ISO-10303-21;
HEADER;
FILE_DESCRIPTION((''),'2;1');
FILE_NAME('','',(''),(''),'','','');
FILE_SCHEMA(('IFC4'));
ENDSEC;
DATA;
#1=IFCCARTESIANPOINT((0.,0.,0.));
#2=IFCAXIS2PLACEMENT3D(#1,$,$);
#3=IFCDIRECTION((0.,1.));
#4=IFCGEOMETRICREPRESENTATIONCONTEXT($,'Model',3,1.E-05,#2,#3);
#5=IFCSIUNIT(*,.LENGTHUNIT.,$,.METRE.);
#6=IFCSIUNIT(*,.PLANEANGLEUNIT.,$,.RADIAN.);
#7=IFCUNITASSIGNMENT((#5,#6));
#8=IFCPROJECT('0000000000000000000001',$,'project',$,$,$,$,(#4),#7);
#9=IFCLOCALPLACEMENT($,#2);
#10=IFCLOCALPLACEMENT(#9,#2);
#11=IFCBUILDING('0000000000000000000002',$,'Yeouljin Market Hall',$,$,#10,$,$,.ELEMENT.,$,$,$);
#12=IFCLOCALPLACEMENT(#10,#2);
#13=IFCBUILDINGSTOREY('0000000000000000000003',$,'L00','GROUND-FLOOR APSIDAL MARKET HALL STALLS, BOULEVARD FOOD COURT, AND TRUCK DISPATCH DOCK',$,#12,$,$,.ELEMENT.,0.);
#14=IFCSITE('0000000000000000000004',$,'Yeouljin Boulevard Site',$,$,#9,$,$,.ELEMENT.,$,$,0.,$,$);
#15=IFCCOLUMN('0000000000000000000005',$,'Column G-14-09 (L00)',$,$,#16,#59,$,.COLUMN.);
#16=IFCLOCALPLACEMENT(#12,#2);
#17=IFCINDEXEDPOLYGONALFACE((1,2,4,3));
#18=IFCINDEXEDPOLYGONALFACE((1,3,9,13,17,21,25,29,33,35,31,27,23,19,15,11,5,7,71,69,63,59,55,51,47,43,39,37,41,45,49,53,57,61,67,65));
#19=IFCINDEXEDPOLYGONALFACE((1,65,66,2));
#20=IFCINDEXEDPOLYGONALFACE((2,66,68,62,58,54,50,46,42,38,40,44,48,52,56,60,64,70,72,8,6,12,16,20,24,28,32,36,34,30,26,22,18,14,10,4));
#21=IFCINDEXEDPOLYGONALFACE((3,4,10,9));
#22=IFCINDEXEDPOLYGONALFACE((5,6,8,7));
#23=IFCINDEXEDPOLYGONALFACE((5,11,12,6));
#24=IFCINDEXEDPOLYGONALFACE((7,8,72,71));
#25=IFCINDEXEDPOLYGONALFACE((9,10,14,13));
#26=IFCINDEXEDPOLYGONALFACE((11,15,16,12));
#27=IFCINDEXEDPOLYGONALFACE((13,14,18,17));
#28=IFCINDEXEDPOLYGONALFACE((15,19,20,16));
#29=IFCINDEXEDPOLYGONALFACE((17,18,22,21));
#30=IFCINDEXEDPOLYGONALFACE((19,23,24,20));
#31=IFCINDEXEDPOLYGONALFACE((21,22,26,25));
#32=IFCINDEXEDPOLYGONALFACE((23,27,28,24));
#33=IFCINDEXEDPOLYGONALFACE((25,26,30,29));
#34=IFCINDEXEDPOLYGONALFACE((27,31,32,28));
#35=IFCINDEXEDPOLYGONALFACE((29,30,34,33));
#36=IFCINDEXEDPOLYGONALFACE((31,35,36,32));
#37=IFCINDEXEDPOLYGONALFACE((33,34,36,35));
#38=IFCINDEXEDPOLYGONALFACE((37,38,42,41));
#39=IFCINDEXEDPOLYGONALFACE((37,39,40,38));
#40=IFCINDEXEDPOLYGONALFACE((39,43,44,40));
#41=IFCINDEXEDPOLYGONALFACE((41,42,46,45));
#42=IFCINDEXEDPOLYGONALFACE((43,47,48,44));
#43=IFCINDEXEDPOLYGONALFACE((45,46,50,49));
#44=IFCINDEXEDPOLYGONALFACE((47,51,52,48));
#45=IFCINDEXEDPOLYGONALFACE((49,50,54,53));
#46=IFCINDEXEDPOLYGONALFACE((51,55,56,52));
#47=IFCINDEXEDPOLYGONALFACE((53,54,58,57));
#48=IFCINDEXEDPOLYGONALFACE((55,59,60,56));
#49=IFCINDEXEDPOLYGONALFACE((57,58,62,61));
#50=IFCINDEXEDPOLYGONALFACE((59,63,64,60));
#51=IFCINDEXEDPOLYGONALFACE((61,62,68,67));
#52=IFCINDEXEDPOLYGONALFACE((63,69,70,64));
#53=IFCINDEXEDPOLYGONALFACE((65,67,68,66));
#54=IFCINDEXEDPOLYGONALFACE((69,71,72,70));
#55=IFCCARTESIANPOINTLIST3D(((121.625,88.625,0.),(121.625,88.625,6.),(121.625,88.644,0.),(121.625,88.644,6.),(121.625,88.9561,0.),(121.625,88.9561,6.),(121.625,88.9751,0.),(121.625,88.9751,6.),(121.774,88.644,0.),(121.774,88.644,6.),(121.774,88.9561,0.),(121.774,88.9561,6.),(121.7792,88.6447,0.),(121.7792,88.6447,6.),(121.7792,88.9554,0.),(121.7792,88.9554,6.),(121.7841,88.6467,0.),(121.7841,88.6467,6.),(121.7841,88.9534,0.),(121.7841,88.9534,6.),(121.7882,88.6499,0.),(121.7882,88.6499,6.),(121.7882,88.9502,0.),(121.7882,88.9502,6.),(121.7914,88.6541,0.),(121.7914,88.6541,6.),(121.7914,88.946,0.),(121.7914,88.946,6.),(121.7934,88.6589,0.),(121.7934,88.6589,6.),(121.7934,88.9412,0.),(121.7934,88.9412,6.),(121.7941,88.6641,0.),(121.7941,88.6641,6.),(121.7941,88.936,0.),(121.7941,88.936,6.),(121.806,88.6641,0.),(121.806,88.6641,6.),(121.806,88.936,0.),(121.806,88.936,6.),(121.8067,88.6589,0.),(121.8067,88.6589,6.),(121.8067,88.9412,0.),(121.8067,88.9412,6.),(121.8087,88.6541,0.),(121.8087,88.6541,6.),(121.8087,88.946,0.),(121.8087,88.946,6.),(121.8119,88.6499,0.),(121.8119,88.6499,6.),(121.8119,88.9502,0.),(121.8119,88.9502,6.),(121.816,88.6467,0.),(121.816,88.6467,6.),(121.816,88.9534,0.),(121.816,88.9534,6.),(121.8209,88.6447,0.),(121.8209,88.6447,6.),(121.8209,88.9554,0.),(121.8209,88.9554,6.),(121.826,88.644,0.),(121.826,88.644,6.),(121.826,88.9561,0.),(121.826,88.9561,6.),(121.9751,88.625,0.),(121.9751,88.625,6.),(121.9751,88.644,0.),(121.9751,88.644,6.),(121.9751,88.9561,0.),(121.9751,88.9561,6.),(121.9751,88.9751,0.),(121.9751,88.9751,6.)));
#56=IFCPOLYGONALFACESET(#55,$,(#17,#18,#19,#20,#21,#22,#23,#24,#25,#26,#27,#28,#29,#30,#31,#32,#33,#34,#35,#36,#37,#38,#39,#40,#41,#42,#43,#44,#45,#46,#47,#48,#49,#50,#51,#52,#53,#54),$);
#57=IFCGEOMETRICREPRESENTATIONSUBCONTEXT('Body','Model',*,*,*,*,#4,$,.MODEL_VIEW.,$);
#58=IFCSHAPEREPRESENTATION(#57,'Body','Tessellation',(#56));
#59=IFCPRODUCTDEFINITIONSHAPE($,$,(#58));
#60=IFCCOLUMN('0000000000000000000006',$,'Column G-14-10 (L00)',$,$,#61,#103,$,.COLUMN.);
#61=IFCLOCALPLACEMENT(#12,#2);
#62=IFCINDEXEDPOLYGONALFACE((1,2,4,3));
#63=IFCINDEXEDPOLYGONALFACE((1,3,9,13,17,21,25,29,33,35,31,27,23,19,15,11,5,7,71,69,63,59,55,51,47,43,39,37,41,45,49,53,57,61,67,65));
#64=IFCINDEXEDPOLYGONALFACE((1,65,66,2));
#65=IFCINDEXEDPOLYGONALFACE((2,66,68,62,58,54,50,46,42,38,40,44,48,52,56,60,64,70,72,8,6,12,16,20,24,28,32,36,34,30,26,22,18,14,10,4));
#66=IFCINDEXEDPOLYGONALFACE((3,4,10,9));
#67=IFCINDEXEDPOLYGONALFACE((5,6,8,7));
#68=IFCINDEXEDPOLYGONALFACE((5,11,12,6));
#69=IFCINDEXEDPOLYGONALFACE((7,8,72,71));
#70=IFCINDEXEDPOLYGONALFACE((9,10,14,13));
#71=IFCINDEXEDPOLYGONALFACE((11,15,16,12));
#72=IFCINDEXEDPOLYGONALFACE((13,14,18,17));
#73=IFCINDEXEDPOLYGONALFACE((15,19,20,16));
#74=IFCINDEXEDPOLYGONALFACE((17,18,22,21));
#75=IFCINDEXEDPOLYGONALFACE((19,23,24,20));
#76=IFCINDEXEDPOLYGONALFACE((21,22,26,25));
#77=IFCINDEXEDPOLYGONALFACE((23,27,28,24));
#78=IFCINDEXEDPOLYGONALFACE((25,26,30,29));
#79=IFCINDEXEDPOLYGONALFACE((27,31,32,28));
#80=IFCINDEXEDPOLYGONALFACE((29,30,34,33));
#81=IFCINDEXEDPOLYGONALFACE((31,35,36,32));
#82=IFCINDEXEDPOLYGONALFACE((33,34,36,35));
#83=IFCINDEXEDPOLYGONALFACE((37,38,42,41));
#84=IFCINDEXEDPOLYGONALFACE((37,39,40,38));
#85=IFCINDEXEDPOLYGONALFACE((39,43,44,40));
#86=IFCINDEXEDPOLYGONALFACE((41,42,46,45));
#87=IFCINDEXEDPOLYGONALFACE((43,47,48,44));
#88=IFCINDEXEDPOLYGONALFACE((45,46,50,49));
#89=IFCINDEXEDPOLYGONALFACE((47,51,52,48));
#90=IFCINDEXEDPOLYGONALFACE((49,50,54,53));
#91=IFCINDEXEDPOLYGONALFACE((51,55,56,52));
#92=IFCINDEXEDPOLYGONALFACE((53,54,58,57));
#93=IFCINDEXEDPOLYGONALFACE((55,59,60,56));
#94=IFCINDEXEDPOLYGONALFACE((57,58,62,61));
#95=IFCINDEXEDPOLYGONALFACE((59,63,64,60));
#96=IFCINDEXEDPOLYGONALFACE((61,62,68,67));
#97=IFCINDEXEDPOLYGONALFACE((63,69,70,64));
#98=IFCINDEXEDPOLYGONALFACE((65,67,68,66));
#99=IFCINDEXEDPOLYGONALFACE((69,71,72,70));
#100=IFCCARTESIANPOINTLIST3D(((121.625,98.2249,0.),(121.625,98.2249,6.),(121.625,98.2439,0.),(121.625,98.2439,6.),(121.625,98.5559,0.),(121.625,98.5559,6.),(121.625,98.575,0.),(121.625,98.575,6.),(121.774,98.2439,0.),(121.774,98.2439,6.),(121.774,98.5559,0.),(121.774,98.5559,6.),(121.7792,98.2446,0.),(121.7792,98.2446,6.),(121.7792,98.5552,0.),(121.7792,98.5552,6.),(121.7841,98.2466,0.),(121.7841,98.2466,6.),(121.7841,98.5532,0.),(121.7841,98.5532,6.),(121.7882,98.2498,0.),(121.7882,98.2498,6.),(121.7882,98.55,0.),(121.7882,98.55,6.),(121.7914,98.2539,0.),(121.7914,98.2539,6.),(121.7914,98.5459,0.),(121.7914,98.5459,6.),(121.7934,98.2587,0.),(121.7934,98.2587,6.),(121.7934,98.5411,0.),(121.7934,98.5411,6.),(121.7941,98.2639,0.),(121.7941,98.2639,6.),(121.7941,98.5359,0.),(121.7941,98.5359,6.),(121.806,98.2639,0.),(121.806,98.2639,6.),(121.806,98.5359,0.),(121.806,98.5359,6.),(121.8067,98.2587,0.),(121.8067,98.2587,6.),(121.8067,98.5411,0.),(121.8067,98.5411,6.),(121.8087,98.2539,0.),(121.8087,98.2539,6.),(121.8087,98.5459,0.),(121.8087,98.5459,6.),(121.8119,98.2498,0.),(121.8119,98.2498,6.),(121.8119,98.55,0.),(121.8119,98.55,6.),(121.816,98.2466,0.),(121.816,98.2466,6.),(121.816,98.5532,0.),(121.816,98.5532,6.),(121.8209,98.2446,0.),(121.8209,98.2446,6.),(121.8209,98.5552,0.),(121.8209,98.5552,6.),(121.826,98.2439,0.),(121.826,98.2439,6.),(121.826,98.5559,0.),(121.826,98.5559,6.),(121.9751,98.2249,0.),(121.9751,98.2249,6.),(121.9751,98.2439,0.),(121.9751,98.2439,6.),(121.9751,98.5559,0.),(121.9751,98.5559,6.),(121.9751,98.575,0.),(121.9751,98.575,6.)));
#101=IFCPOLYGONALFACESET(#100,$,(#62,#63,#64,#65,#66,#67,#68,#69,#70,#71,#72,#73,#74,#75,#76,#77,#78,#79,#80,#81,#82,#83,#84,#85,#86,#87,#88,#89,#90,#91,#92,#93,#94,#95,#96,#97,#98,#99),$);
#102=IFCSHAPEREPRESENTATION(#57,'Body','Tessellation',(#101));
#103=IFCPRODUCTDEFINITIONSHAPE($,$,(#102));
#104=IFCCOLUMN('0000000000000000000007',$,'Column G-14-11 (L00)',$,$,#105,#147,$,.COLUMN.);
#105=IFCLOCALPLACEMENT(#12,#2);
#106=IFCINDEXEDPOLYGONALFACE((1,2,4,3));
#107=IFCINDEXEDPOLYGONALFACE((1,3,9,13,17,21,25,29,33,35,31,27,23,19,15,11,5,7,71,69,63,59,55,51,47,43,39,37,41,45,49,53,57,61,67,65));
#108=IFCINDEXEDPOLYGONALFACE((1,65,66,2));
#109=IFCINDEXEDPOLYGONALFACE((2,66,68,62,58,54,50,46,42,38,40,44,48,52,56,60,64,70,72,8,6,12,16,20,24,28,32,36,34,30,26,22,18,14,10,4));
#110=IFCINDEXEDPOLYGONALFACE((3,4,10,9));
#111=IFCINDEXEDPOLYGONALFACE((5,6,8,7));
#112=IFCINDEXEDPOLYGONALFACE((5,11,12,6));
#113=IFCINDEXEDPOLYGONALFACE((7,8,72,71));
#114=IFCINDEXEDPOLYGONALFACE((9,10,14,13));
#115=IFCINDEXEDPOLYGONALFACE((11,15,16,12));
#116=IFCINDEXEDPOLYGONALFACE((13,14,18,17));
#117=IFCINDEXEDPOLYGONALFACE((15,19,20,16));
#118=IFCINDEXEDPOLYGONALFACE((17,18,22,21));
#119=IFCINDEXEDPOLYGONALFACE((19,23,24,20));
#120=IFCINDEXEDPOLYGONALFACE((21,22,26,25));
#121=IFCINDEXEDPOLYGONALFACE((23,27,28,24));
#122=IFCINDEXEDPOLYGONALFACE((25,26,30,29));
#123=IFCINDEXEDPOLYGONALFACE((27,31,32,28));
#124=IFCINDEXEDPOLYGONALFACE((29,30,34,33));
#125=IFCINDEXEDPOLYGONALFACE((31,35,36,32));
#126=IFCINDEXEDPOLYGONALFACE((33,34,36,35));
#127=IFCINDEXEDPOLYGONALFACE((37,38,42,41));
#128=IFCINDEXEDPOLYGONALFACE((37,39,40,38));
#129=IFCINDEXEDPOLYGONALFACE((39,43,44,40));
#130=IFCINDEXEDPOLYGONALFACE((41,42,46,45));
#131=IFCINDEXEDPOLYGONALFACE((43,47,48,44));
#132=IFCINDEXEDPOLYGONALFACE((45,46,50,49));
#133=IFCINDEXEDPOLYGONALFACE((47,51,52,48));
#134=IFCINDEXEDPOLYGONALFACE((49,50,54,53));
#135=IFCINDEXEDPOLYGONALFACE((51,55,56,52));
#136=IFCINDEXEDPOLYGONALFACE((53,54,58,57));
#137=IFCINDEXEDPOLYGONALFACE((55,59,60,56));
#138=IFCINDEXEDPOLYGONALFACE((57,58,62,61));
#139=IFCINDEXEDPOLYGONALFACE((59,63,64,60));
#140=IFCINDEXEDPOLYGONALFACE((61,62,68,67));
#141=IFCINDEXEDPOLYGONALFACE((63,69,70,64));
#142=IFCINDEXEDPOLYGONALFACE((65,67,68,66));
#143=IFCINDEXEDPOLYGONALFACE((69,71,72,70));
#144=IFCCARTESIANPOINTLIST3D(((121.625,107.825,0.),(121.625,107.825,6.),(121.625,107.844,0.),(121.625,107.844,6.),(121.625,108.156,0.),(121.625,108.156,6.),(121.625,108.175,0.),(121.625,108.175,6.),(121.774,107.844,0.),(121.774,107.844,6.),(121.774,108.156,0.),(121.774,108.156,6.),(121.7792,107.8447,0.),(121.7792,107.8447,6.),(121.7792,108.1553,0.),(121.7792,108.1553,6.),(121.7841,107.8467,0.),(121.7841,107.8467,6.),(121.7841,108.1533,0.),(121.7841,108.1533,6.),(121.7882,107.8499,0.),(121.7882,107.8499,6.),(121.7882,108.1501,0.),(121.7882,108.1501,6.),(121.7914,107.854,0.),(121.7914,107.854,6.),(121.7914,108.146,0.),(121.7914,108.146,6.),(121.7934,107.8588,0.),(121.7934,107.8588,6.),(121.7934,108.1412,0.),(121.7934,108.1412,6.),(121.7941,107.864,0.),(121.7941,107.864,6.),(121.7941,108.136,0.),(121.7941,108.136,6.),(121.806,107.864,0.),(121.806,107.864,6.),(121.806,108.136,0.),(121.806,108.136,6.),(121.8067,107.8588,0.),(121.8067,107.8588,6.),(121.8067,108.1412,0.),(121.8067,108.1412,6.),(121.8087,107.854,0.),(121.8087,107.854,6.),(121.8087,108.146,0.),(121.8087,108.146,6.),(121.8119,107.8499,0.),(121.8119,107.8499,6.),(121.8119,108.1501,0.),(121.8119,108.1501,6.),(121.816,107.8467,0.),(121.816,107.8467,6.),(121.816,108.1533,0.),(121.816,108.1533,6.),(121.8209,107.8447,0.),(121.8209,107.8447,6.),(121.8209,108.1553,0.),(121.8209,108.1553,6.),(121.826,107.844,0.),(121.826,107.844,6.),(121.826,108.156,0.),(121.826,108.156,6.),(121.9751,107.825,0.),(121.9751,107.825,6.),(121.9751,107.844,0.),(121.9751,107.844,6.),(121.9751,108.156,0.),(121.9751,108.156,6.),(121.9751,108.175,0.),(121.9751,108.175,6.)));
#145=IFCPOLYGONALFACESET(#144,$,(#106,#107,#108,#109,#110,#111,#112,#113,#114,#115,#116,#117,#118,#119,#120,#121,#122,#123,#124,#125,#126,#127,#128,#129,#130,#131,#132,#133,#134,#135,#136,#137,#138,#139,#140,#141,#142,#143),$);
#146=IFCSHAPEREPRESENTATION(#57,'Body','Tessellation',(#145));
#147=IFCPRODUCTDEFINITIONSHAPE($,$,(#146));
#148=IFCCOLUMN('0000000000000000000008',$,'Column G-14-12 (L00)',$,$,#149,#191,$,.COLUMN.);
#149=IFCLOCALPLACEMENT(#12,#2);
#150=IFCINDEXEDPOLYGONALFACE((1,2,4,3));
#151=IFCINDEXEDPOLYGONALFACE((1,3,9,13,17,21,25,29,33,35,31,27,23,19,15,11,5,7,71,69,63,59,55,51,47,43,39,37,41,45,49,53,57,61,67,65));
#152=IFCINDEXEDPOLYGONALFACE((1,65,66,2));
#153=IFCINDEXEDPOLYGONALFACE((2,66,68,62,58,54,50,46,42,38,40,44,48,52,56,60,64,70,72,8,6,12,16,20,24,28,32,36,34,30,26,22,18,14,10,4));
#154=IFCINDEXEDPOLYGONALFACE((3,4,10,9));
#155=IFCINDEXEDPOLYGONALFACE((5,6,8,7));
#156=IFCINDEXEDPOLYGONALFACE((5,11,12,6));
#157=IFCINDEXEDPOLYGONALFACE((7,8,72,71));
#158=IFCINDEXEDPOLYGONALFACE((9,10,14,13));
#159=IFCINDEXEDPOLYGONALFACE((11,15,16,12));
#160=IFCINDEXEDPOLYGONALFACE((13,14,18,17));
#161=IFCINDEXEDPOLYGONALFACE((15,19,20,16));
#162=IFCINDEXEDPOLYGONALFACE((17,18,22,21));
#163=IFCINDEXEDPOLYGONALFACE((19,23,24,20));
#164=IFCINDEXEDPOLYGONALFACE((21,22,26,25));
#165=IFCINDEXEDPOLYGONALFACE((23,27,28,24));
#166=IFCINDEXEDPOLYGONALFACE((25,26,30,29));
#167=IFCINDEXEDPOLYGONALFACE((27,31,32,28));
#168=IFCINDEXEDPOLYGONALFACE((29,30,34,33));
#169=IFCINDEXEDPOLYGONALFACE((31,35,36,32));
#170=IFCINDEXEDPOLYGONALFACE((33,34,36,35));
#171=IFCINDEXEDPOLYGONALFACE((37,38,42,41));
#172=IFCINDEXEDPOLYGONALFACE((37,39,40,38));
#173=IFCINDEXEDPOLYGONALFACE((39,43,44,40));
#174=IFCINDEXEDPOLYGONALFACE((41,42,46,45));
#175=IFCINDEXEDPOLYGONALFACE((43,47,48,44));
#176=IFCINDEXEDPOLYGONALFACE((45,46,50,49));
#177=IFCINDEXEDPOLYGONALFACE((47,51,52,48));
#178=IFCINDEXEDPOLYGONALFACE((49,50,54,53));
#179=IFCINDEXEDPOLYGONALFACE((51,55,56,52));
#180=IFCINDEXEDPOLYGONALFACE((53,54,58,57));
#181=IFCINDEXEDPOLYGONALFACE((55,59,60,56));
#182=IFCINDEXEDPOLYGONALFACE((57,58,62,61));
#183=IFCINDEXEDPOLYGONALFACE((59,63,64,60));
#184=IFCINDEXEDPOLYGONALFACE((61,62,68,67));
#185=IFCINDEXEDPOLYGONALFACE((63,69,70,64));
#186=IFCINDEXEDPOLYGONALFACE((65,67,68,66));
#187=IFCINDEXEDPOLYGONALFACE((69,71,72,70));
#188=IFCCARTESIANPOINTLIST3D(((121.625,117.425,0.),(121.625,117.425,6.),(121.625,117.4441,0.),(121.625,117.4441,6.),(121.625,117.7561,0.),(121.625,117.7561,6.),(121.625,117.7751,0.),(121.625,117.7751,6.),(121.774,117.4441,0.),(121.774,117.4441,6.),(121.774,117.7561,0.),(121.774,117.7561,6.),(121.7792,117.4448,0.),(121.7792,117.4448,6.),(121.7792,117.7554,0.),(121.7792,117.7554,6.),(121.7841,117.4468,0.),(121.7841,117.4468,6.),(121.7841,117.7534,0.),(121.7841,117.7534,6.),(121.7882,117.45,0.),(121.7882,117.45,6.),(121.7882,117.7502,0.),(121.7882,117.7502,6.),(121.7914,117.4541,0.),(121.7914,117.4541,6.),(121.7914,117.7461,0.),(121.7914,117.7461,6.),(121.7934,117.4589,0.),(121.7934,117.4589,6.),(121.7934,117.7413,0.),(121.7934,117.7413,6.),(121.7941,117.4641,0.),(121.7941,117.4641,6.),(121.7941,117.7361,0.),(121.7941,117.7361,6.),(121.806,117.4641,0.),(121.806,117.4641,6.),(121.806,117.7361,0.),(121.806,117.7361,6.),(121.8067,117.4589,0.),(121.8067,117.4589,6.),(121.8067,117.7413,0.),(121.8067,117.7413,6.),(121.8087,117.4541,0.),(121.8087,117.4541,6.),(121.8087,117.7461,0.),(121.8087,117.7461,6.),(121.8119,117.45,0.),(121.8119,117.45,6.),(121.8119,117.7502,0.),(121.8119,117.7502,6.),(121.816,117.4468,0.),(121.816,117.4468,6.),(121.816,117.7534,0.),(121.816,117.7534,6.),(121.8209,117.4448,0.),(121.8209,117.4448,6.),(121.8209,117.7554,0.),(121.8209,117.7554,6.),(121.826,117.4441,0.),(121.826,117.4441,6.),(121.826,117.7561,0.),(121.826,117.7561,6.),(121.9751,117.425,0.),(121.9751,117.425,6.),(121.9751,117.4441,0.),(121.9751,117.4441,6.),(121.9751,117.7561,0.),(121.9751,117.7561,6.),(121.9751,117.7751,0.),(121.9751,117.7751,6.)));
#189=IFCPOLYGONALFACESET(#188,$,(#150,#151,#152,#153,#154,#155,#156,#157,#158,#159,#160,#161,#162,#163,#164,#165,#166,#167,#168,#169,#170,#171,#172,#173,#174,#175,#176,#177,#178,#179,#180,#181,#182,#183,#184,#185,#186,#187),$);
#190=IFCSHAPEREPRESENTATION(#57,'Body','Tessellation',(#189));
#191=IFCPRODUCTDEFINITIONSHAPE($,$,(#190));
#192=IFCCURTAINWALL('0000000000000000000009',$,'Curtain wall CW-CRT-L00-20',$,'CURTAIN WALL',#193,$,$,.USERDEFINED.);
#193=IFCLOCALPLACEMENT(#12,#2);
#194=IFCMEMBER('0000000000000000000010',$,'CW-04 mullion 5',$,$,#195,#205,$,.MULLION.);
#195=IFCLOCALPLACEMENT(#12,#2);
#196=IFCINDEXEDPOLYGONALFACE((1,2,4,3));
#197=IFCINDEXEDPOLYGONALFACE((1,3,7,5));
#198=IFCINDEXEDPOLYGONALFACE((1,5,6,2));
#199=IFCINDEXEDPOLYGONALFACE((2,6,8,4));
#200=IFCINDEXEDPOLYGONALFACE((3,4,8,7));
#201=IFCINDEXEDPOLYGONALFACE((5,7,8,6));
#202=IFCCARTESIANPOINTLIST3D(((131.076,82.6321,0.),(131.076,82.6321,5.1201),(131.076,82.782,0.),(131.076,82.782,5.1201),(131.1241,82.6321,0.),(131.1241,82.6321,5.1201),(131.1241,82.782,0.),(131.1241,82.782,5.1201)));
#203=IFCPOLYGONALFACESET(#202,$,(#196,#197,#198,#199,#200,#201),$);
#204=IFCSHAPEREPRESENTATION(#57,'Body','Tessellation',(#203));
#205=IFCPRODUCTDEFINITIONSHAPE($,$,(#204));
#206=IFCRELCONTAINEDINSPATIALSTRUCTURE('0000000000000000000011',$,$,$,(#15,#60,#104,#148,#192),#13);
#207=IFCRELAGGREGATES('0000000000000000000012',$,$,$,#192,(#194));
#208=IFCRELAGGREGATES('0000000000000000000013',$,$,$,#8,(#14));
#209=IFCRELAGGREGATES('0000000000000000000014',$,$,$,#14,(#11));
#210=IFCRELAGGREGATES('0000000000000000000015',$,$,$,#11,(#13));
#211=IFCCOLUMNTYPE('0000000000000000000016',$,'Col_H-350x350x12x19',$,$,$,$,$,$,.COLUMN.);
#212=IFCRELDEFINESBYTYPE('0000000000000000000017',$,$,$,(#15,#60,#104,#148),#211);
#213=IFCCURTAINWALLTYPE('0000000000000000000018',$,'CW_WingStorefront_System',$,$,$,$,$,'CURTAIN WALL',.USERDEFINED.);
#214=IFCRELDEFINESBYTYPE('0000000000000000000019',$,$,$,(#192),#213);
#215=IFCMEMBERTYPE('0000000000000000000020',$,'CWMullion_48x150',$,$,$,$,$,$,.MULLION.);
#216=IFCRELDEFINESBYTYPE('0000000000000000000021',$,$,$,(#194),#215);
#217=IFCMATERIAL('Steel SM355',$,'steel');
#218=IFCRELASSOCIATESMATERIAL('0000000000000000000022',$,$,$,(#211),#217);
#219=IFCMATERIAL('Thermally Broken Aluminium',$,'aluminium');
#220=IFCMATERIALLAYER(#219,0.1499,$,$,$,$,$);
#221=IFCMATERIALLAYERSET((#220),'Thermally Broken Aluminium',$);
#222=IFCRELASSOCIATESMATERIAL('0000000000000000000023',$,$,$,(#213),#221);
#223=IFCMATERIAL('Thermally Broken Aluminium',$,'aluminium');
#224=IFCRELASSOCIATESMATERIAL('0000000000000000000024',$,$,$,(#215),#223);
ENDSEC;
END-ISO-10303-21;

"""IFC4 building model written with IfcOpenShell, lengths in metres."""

from ifc_helpers import new_model, si_unit, direction, frame, origin, origin_2d, place, context, subcontext, project, spatial, rectangle, i_section, extrude, material, layer, layer_set, material_profile, profile_set, type_object, element, aggregate, save


model = new_model("IFC4")

# Units and contexts
model_context = context("Model", 3, precision=1e-05, world=origin(), true_north=direction((0.0, 1.0)))
body_context = subcontext(model_context, "Body", "Model", "MODEL_VIEW")
ifc_project = project(units=[si_unit("LENGTHUNIT", "METRE"), si_unit("PLANEANGLEUNIT", "RADIAN")], contexts=[model_context])

# Site, building, storey
site_placement = place(None, origin())
site = spatial("IfcSite", under=ifc_project, at=site_placement, Name="Yeouljin Boulevard Site", CompositionType="ELEMENT", RefElevation=0.0)
building_placement = place(site_placement, origin())
building = spatial("IfcBuilding", under=site, at=building_placement, Name="Yeouljin Market Hall", CompositionType="ELEMENT")
storey_placement = place(building_placement, origin())
storey = spatial("IfcBuildingStorey", under=building, at=storey_placement, Name="L00", Description="GROUND-FLOOR APSIDAL MARKET HALL STALLS, BOULEVARD FOOD COURT, AND TRUCK DISPATCH DOCK", CompositionType="ELEMENT", Elevation=0.0)

# Columns
ifc_material_1 = material(Name="Steel SM355", Category="steel")
ifc_material_profile_1 = material_profile(ifc_material_1, i_section(OverallWidth=0.3501, OverallDepth=0.3501, WebThickness=0.012, FlangeThickness=0.019, FilletRadius=0.02, at=origin_2d()), Name="H-350x350x12x19")
ifc_profile_set_1 = profile_set([ifc_material_profile_1], Name="Steel SM355")
column_type = type_object("IfcColumnType", Name="Col_H-350x350x12x19", PredefinedType="COLUMN", material=ifc_profile_set_1)
for number, where, z_axis, x_axis, name in (
    (1, (121.8, 88.8, 0.0), (0.0, 0.0, 1.0), (1.0, 0.0, 0.0), "Column G-14-09 (L00)"),
    (2, (121.8, 98.3999, 0.0), (0.0, 0.0, 1.0), (1.0, 0.0, 0.0), "Column G-14-10 (L00)"),
    (3, (121.8, 108.0, 0.0), (0.0, 0.0, 1.0), (1.0, 0.0, 0.0), "Column G-14-11 (L00)"),
    (4, (121.8, 117.6001, 0.0), (0.0, 0.0, 1.0), (1.0, 0.0, 0.0), "Column G-14-12 (L00)"),
):
    element("IfcColumn", number, at=place(storey_placement, frame(where, z_axis=z_axis, x_axis=x_axis)), inside=storey, type_object=column_type, Name=name, PredefinedType="COLUMN", context=body_context, shape_type="SweptSolid", body=[
        extrude(i_section(OverallWidth=0.3501, OverallDepth=0.3501, WebThickness=0.012, FlangeThickness=0.019, FilletRadius=0.02, at=origin_2d()), origin(), (0.0, 0.0, 1.0), 6.0),
    ])

# Curtain wall, member
ifc_material_2 = material(Name="Thermally Broken Aluminium", Category="aluminium")
ifc_layer_1 = layer(ifc_material_2, 0.1499)
ifc_layer_set_1 = layer_set([ifc_layer_1], Name="Thermally Broken Aluminium")
curtain_wall_type = type_object("IfcCurtainWallType", Name="CW_WingStorefront_System", ElementType="CURTAIN WALL", PredefinedType="USERDEFINED", material=ifc_layer_set_1)
curtain_wall_placement = place(storey_placement, origin())
curtain_wall = element("IfcCurtainWall", 5, at=curtain_wall_placement, inside=storey, type_object=curtain_wall_type, Name="Curtain wall CW-CRT-L00-20", ObjectType="CURTAIN WALL", PredefinedType="USERDEFINED")
ifc_material_3 = material(Name="Thermally Broken Aluminium", Category="aluminium")
ifc_material_profile_2 = material_profile(ifc_material_3, rectangle(XDim=0.0481, YDim=0.1499, at=origin_2d()), Name="CW-MULL-48x150")
ifc_profile_set_2 = profile_set([ifc_material_profile_2], Name="Thermally Broken Aluminium")
member_type_1 = type_object("IfcMemberType", Name="CWMullion_48x150", PredefinedType="MULLION", material=ifc_profile_set_2)
member_1_placement = place(storey_placement, frame((131.1001, 82.707, 0.0), z_axis=(0.0, 0.0, 1.0), x_axis=(1.0, 0.0, 0.0)))
member_1 = element("IfcMember", 6, at=member_1_placement, type_object=member_type_1, Name="CW-04 mullion 5", PredefinedType="MULLION", context=body_context, shape_type="SweptSolid", body=[
    extrude(rectangle(XDim=0.0481, YDim=0.1499, at=origin_2d()), origin(), (0.0, 0.0, 1.0), 5.1201),
])
aggregate(curtain_wall, [member_1])

save(model, "model.ifc")
